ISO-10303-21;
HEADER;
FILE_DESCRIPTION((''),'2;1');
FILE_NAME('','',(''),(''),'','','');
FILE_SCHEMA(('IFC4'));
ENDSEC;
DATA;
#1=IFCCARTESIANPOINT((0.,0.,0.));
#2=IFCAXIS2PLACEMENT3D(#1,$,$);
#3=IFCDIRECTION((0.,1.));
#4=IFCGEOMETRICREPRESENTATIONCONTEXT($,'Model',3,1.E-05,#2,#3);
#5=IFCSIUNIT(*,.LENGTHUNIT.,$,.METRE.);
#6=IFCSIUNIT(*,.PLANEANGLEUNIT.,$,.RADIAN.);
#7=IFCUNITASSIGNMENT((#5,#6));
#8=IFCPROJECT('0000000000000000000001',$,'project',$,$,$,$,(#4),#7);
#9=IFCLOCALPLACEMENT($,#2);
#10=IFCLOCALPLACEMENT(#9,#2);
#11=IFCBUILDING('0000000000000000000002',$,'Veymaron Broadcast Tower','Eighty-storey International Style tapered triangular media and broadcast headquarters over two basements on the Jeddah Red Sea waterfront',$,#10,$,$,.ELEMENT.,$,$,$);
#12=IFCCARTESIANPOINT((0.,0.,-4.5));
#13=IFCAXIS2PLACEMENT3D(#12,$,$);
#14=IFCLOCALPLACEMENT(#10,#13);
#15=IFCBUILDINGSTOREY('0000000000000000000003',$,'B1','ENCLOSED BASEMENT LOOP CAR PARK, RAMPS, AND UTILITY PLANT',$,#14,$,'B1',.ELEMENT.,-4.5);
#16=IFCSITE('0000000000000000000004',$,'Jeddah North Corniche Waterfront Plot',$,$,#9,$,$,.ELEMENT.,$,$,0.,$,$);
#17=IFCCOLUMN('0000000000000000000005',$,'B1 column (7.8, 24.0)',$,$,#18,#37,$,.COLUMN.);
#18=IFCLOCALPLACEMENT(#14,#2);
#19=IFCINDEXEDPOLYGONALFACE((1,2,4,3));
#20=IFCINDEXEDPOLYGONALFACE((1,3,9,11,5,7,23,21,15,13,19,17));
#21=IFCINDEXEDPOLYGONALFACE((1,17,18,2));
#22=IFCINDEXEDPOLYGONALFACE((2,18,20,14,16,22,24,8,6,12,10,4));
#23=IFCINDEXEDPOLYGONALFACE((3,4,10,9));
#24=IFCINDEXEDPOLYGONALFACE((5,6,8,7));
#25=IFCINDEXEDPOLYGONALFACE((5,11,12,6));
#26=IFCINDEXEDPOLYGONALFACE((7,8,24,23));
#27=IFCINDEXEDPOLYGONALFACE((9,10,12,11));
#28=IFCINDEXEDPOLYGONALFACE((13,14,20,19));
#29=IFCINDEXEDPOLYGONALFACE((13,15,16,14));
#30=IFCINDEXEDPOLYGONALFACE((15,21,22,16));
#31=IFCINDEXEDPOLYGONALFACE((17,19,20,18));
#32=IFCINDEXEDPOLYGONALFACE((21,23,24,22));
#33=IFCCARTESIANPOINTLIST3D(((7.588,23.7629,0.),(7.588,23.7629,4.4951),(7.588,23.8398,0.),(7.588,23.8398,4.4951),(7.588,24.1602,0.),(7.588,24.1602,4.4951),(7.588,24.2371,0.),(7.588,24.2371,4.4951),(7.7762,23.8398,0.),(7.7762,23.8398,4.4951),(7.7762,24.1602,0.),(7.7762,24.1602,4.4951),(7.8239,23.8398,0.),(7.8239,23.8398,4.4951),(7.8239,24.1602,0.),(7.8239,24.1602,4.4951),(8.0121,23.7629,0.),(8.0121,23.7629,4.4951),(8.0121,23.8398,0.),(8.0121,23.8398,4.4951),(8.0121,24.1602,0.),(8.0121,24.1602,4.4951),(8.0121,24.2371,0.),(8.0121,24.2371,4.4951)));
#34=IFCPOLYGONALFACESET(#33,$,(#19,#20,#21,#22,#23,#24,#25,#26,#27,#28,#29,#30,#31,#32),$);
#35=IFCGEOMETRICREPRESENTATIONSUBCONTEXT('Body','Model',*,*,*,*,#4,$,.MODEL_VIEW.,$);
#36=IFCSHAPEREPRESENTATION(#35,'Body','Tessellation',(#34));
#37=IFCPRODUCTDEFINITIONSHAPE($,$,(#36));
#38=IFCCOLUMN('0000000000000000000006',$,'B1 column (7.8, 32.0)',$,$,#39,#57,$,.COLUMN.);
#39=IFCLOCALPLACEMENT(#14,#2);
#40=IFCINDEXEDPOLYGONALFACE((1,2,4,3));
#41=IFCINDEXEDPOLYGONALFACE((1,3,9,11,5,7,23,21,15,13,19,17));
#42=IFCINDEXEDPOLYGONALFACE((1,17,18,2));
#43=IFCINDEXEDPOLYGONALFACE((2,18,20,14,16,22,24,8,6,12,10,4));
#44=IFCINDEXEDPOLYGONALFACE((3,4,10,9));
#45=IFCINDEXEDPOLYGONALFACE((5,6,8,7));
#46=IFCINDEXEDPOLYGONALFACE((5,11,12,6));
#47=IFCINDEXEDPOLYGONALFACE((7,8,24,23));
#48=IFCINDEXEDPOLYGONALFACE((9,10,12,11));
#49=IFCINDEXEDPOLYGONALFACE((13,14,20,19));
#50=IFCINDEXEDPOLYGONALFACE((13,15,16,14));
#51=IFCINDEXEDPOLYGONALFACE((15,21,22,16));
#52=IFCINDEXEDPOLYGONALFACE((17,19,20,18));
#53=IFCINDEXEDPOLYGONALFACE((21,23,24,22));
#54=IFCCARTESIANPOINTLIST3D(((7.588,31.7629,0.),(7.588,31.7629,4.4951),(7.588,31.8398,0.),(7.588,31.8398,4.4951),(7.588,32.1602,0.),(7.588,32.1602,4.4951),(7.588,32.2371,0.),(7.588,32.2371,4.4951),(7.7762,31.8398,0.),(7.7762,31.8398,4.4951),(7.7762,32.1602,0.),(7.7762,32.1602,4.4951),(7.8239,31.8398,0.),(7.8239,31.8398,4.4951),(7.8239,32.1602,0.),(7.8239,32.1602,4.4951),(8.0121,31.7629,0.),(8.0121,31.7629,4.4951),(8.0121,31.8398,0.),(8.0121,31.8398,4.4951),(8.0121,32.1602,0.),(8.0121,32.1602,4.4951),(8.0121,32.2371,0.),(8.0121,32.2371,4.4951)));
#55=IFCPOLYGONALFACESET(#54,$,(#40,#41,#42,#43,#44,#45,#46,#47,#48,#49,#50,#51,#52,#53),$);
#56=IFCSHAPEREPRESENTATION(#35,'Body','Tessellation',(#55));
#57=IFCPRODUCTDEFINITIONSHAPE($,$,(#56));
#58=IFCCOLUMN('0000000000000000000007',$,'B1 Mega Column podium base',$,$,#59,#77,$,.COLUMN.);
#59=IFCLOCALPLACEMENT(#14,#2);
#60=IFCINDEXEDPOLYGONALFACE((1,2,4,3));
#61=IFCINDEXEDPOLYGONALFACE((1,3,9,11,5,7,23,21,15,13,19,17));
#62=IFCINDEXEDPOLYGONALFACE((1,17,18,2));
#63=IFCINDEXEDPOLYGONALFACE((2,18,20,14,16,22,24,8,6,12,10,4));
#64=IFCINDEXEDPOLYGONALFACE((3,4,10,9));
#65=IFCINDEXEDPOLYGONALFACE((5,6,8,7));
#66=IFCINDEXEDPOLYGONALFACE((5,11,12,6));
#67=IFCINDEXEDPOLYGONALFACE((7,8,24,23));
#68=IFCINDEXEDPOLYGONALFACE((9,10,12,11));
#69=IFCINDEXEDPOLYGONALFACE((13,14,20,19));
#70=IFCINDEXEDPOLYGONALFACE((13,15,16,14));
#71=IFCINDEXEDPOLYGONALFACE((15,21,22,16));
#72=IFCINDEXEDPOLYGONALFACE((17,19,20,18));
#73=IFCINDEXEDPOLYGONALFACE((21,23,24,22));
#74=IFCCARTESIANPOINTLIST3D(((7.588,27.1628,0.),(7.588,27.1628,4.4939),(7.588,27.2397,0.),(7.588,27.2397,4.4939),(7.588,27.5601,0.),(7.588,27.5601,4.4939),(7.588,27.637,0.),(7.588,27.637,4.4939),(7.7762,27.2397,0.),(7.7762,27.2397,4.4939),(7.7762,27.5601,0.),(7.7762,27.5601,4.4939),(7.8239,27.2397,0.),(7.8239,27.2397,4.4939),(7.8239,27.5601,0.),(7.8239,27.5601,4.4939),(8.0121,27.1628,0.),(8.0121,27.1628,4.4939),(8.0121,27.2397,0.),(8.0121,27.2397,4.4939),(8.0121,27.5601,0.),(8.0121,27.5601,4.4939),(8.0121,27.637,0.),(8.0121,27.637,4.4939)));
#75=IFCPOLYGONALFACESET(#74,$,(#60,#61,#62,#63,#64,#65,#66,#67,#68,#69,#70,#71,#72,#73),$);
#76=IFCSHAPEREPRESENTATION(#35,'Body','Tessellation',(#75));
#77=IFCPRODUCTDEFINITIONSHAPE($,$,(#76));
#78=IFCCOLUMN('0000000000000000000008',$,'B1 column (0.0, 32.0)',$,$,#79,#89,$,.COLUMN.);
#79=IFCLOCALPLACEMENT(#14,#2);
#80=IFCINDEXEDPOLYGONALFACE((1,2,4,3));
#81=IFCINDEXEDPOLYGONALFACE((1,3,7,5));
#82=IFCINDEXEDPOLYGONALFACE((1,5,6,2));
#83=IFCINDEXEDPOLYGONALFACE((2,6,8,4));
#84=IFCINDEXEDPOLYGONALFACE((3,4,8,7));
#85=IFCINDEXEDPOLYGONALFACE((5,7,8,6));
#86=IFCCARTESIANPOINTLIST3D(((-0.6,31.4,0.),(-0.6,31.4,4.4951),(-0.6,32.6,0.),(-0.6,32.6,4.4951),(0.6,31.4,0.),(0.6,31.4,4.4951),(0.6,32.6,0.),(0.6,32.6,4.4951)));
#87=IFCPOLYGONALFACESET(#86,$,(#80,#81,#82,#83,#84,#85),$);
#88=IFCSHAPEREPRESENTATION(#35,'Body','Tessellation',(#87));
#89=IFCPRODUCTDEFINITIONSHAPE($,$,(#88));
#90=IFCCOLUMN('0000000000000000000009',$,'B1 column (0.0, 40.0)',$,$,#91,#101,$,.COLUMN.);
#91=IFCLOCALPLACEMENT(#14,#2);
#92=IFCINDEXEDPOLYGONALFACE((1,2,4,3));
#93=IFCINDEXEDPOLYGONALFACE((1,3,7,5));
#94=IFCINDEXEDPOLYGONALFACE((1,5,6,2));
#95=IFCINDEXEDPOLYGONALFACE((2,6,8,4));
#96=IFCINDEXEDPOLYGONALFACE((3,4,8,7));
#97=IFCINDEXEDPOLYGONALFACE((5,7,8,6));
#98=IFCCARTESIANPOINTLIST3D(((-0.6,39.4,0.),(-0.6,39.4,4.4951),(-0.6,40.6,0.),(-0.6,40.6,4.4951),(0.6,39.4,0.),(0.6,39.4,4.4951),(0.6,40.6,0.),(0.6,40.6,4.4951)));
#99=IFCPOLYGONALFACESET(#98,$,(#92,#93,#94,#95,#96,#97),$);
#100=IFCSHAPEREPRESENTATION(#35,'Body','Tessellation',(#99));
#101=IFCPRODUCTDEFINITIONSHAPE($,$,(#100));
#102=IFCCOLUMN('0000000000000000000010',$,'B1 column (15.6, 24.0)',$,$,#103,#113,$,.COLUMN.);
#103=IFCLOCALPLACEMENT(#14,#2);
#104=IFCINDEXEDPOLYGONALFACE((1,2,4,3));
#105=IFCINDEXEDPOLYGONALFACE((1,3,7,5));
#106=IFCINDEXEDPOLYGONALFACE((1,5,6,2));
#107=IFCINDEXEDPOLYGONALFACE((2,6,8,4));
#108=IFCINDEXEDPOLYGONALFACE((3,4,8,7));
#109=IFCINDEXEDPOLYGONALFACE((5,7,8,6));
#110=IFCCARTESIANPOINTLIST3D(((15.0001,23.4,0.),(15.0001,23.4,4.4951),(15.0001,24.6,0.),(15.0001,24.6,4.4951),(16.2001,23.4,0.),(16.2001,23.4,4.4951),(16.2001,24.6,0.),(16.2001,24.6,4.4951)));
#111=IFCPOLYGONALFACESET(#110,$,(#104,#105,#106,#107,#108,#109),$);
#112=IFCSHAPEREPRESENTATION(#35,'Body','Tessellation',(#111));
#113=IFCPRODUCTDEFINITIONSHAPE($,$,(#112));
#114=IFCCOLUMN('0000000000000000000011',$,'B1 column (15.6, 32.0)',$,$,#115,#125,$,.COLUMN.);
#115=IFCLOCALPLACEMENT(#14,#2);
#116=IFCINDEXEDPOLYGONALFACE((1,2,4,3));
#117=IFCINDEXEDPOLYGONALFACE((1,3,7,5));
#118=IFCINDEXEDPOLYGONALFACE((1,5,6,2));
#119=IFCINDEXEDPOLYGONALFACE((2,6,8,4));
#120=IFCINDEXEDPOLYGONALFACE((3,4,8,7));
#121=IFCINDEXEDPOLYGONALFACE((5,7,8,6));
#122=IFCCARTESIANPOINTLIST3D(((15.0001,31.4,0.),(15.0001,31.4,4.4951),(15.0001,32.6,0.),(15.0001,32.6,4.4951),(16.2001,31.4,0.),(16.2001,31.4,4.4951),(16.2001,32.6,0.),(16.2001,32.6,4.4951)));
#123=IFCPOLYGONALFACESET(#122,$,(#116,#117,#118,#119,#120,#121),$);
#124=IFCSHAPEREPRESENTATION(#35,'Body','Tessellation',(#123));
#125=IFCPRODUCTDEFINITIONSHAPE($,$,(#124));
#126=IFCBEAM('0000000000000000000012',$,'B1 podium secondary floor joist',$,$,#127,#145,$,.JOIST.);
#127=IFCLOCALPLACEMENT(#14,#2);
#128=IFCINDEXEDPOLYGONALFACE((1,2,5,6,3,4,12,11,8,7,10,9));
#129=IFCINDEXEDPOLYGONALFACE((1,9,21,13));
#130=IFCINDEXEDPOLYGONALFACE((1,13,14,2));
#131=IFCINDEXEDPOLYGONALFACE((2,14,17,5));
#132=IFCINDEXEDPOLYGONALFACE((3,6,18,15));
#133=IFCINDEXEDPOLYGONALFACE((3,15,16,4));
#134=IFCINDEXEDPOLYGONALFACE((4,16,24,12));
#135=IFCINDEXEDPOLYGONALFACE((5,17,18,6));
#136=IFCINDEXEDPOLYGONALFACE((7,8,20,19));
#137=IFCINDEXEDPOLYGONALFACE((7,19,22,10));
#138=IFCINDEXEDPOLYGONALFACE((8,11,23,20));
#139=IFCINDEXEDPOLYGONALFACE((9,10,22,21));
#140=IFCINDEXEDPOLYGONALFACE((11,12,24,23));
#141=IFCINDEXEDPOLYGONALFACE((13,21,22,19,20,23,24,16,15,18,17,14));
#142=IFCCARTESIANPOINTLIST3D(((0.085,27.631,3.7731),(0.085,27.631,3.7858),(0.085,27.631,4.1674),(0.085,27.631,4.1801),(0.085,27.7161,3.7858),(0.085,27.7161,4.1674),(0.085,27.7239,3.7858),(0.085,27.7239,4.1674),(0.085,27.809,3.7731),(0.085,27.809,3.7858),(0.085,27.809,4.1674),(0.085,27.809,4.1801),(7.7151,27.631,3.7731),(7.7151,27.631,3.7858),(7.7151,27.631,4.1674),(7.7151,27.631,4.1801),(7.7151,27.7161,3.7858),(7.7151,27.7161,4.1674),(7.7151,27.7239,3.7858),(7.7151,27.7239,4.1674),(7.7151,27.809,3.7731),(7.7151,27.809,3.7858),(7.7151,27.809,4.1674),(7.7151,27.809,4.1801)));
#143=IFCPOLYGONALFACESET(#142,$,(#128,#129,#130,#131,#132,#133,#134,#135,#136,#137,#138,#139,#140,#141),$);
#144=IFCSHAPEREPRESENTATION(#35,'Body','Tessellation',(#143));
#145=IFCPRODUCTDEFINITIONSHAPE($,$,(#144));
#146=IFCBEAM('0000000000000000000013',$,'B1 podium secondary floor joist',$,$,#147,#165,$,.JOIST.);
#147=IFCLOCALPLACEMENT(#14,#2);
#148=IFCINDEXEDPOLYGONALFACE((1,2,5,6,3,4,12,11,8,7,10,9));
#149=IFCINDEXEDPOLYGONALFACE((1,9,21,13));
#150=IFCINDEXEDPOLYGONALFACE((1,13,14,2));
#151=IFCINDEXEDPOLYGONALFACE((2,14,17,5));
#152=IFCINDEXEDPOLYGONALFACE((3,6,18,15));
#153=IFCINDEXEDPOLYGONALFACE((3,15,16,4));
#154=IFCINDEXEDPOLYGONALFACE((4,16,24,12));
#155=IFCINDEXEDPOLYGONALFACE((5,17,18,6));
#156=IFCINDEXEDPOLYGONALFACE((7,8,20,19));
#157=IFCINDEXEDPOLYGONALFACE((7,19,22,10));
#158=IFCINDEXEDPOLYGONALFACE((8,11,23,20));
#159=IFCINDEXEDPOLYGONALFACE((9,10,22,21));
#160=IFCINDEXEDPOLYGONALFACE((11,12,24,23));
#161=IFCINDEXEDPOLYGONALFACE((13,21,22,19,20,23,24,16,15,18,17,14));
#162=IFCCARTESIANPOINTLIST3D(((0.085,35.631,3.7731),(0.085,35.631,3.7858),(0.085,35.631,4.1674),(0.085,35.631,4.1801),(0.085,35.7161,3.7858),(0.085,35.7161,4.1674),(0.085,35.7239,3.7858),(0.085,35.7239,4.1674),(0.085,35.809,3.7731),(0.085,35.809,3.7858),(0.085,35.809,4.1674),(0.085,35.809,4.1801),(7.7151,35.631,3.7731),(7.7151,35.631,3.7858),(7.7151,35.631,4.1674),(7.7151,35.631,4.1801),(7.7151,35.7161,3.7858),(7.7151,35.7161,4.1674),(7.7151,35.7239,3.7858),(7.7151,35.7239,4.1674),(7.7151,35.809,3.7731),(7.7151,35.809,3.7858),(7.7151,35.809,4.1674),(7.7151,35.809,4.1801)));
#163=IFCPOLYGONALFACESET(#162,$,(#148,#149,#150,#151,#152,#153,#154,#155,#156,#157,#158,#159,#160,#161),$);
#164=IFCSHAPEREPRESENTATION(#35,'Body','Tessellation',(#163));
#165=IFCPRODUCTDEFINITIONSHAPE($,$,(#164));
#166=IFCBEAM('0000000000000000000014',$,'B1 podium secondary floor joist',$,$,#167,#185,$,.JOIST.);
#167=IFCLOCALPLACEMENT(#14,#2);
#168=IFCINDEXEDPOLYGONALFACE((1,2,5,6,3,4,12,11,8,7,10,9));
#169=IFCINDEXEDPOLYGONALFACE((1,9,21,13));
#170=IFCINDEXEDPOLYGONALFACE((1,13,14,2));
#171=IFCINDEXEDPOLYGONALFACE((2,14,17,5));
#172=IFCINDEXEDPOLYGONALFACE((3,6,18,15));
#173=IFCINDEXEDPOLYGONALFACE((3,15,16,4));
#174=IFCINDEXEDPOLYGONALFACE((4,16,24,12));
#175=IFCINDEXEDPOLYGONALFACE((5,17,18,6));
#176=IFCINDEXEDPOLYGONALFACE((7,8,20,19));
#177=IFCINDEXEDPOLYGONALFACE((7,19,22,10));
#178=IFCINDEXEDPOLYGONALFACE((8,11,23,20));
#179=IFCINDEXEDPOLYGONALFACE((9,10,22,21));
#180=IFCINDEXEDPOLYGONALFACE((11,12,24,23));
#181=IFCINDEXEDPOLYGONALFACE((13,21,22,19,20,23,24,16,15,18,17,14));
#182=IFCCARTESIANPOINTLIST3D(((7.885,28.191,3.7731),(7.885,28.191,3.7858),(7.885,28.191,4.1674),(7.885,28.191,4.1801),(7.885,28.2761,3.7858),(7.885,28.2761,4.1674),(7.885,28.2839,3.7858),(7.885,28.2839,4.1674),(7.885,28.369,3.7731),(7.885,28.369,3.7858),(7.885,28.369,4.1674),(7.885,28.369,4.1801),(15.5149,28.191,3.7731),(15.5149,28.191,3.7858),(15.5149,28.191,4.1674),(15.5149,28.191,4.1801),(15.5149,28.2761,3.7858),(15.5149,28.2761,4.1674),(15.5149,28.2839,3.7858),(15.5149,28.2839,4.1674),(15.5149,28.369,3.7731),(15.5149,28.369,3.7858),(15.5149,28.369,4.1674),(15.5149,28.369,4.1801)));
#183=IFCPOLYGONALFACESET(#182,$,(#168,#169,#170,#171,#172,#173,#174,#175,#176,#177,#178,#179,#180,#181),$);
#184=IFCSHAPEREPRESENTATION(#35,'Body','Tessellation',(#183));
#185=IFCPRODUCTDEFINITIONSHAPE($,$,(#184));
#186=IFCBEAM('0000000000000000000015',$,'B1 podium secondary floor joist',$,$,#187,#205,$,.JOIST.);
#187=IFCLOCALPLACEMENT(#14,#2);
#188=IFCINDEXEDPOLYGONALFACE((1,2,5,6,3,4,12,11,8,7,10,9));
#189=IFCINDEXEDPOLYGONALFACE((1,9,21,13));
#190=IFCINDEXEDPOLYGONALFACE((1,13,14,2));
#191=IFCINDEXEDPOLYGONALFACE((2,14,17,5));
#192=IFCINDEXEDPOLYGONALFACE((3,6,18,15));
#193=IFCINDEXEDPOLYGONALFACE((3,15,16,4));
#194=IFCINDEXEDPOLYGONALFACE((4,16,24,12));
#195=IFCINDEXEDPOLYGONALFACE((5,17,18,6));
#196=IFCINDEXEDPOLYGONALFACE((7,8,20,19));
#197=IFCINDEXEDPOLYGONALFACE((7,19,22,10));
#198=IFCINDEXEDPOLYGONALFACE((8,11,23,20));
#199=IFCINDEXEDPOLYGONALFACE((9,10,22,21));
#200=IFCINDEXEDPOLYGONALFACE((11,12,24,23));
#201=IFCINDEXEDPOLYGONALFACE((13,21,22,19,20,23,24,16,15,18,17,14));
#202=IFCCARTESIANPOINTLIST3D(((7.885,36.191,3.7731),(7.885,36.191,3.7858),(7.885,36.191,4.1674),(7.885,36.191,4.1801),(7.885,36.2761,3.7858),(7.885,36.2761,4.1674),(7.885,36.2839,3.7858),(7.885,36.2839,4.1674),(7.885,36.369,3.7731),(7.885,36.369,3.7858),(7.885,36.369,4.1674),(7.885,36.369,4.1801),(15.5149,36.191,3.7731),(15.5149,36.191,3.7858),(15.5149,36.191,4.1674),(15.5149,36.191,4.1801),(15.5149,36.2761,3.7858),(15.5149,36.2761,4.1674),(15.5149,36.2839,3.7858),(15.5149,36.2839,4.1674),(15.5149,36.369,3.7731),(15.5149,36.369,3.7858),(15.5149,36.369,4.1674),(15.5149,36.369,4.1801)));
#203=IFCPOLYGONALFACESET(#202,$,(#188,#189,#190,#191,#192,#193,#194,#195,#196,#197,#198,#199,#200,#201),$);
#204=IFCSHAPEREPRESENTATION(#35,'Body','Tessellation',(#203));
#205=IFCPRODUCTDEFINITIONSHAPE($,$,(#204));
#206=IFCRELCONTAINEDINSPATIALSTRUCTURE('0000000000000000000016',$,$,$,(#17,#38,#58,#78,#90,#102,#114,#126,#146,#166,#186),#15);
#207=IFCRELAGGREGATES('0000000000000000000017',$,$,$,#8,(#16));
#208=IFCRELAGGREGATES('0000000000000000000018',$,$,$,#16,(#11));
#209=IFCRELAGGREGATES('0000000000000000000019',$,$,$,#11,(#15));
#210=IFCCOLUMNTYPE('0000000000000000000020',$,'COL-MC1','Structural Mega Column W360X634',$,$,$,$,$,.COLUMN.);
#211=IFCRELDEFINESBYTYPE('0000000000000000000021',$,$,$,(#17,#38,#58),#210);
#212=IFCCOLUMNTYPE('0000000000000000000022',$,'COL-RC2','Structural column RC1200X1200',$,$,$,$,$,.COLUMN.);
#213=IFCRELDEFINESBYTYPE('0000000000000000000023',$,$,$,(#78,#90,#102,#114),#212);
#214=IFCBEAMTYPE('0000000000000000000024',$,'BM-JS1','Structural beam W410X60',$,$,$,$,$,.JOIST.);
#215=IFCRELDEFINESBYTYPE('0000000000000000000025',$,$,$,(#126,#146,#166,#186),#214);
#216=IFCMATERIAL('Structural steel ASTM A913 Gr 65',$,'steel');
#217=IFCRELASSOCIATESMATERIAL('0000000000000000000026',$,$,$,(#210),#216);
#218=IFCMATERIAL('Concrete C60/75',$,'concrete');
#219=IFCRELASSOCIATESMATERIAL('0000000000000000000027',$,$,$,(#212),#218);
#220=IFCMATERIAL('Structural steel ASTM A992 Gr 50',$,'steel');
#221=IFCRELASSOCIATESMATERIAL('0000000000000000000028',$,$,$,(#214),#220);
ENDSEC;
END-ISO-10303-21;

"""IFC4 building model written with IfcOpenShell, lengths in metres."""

from ifc_helpers import new_model, si_unit, direction, frame, origin, origin_2d, place, context, subcontext, project, spatial, rectangle, i_section, extrude, material, material_profile, profile_set, type_object, element, save


model = new_model("IFC4")

# Units and contexts
model_context = context("Model", 3, precision=1e-05, world=origin(), true_north=direction((0.0, 1.0)))
body_context = subcontext(model_context, "Body", "Model", "MODEL_VIEW")
ifc_project = project(units=[si_unit("LENGTHUNIT", "METRE"), si_unit("PLANEANGLEUNIT", "RADIAN")], contexts=[model_context])

# Site, building, storey
site_placement = place(None, origin())
site = spatial("IfcSite", under=ifc_project, at=site_placement, Name="Jeddah North Corniche Waterfront Plot", CompositionType="ELEMENT", RefElevation=0.0)
building_placement = place(site_placement, origin())
building = spatial("IfcBuilding", under=site, at=building_placement, Name="Veymaron Broadcast Tower", Description="Eighty-storey International Style tapered triangular media and broadcast headquarters over two basements on the Jeddah Red Sea waterfront", CompositionType="ELEMENT")
storey_placement = place(building_placement, frame((0.0, 0.0, -4.5)))
storey = spatial("IfcBuildingStorey", under=building, at=storey_placement, Name="B1", Description="ENCLOSED BASEMENT LOOP CAR PARK, RAMPS, AND UTILITY PLANT", LongName="B1", CompositionType="ELEMENT", Elevation=-4.5)

# Columns
ifc_material_1 = material(Name="Structural steel ASTM A913 Gr 65", Category="steel")
ifc_material_profile_1 = material_profile(ifc_material_1, i_section(OverallWidth=0.4241, OverallDepth=0.4741, WebThickness=0.0476, FlangeThickness=0.0769, at=origin_2d()), Name="W360X634")
ifc_profile_set_1 = profile_set([ifc_material_profile_1], Name="Structural steel ASTM A913 Gr 65")
column_type_1 = type_object("IfcColumnType", Name="COL-MC1", Description="Structural Mega Column W360X634", PredefinedType="COLUMN", material=ifc_profile_set_1)
for number, where, z_axis, x_axis, name in (
    (1, (7.8, 24.0, 0.0), (0.0, 0.0, 1.0), (1.0, 0.0, 0.0), "B1 column (7.8, 24.0)"),
    (2, (7.8, 32.0, 0.0), (0.0, 0.0, 1.0), (1.0, 0.0, 0.0), "B1 column (7.8, 32.0)"),
):
    element("IfcColumn", number, at=place(storey_placement, frame(where, z_axis=z_axis, x_axis=x_axis)), inside=storey, type_object=column_type_1, Name=name, PredefinedType="COLUMN", context=body_context, shape_type="SweptSolid", body=[
        extrude(i_section(OverallWidth=0.4241, OverallDepth=0.4741, WebThickness=0.0476, FlangeThickness=0.0769, at=origin_2d()), origin(), (0.0, 0.0, 1.0), 4.4951),
    ])
column_placement = place(storey_placement, frame((7.8, 27.3999, 0.0), z_axis=(0.0, 0.0, 1.0), x_axis=(1.0, 0.0, 0.0)))
element("IfcColumn", 3, at=column_placement, inside=storey, type_object=column_type_1, Name="B1 Mega Column podium base", PredefinedType="COLUMN", context=body_context, shape_type="SweptSolid", body=[
    extrude(i_section(OverallWidth=0.4241, OverallDepth=0.4741, WebThickness=0.0476, FlangeThickness=0.0769, at=origin_2d()), origin(), (0.0, 0.0, 1.0), 4.4939),
])
ifc_material_2 = material(Name="Concrete C60/75", Category="concrete")
ifc_material_profile_2 = material_profile(ifc_material_2, rectangle(XDim=1.2, YDim=1.2, at=origin_2d()), Name="RC1200X1200")
ifc_profile_set_2 = profile_set([ifc_material_profile_2], Name="Concrete C60/75")
column_type_2 = type_object("IfcColumnType", Name="COL-RC2", Description="Structural column RC1200X1200", PredefinedType="COLUMN", material=ifc_profile_set_2)
for number, where, z_axis, x_axis, name in (
    (4, (0.0, 32.0, 0.0), (0.0, 0.0, 1.0), (1.0, 0.0, 0.0), "B1 column (0.0, 32.0)"),
    (5, (0.0, 40.0, 0.0), (0.0, 0.0, 1.0), (1.0, 0.0, 0.0), "B1 column (0.0, 40.0)"),
    (6, (15.6001, 24.0, 0.0), (0.0, 0.0, 1.0), (1.0, 0.0, 0.0), "B1 column (15.6, 24.0)"),
    (7, (15.6001, 32.0, 0.0), (0.0, 0.0, 1.0), (1.0, 0.0, 0.0), "B1 column (15.6, 32.0)"),
):
    element("IfcColumn", number, at=place(storey_placement, frame(where, z_axis=z_axis, x_axis=x_axis)), inside=storey, type_object=column_type_2, Name=name, PredefinedType="COLUMN", context=body_context, shape_type="SweptSolid", body=[
        extrude(rectangle(XDim=1.2, YDim=1.2, at=origin_2d()), origin(), (0.0, 0.0, 1.0), 4.4951),
    ])

# Beams
ifc_material_3 = material(Name="Structural steel ASTM A992 Gr 50", Category="steel")
ifc_material_profile_3 = material_profile(ifc_material_3, i_section(OverallWidth=0.178, OverallDepth=0.407, WebThickness=0.0078, FlangeThickness=0.0127, at=origin_2d()), Name="W410X60")
ifc_profile_set_3 = profile_set([ifc_material_profile_3], Name="Structural steel ASTM A992 Gr 50")
beam_type_1 = type_object("IfcBeamType", Name="BM-JS1", Description="Structural beam W410X60", PredefinedType="JOIST", material=ifc_profile_set_3)
for number, where, z_axis, x_axis, name in (
    (8, (0.085, 27.72, 3.9766), (1.0, 0.0, 0.0), (0.0, 1.0, 0.0), "B1 podium secondary floor joist"),
    (9, (0.085, 35.72, 3.9766), (1.0, 0.0, 0.0), (0.0, 1.0, 0.0), "B1 podium secondary floor joist"),
):
    element("IfcBeam", number, at=place(storey_placement, frame(where, z_axis=z_axis, x_axis=x_axis)), inside=storey, type_object=beam_type_1, Name=name, PredefinedType="JOIST", context=body_context, shape_type="SweptSolid", body=[
        extrude(i_section(OverallWidth=0.178, OverallDepth=0.407, WebThickness=0.0078, FlangeThickness=0.0127, at=origin_2d()), origin(), (0.0, 0.0, 1.0), 7.6301),
    ])
for number, where, z_axis, x_axis, name in (
    (10, (7.885, 28.28, 3.9766), (1.0, 0.0, 0.0), (0.0, 1.0, 0.0), "B1 podium secondary floor joist"),
    (11, (7.885, 36.28, 3.9766), (1.0, 0.0, 0.0), (0.0, 1.0, 0.0), "B1 podium secondary floor joist"),
):
    element("IfcBeam", number, at=place(storey_placement, frame(where, z_axis=z_axis, x_axis=x_axis)), inside=storey, type_object=beam_type_1, Name=name, PredefinedType="JOIST", context=body_context, shape_type="SweptSolid", body=[
        extrude(i_section(OverallWidth=0.178, OverallDepth=0.407, WebThickness=0.0078, FlangeThickness=0.0127, at=origin_2d()), origin(), (0.0, 0.0, 1.0), 7.6299),
    ])

save(model, "model.ifc")
